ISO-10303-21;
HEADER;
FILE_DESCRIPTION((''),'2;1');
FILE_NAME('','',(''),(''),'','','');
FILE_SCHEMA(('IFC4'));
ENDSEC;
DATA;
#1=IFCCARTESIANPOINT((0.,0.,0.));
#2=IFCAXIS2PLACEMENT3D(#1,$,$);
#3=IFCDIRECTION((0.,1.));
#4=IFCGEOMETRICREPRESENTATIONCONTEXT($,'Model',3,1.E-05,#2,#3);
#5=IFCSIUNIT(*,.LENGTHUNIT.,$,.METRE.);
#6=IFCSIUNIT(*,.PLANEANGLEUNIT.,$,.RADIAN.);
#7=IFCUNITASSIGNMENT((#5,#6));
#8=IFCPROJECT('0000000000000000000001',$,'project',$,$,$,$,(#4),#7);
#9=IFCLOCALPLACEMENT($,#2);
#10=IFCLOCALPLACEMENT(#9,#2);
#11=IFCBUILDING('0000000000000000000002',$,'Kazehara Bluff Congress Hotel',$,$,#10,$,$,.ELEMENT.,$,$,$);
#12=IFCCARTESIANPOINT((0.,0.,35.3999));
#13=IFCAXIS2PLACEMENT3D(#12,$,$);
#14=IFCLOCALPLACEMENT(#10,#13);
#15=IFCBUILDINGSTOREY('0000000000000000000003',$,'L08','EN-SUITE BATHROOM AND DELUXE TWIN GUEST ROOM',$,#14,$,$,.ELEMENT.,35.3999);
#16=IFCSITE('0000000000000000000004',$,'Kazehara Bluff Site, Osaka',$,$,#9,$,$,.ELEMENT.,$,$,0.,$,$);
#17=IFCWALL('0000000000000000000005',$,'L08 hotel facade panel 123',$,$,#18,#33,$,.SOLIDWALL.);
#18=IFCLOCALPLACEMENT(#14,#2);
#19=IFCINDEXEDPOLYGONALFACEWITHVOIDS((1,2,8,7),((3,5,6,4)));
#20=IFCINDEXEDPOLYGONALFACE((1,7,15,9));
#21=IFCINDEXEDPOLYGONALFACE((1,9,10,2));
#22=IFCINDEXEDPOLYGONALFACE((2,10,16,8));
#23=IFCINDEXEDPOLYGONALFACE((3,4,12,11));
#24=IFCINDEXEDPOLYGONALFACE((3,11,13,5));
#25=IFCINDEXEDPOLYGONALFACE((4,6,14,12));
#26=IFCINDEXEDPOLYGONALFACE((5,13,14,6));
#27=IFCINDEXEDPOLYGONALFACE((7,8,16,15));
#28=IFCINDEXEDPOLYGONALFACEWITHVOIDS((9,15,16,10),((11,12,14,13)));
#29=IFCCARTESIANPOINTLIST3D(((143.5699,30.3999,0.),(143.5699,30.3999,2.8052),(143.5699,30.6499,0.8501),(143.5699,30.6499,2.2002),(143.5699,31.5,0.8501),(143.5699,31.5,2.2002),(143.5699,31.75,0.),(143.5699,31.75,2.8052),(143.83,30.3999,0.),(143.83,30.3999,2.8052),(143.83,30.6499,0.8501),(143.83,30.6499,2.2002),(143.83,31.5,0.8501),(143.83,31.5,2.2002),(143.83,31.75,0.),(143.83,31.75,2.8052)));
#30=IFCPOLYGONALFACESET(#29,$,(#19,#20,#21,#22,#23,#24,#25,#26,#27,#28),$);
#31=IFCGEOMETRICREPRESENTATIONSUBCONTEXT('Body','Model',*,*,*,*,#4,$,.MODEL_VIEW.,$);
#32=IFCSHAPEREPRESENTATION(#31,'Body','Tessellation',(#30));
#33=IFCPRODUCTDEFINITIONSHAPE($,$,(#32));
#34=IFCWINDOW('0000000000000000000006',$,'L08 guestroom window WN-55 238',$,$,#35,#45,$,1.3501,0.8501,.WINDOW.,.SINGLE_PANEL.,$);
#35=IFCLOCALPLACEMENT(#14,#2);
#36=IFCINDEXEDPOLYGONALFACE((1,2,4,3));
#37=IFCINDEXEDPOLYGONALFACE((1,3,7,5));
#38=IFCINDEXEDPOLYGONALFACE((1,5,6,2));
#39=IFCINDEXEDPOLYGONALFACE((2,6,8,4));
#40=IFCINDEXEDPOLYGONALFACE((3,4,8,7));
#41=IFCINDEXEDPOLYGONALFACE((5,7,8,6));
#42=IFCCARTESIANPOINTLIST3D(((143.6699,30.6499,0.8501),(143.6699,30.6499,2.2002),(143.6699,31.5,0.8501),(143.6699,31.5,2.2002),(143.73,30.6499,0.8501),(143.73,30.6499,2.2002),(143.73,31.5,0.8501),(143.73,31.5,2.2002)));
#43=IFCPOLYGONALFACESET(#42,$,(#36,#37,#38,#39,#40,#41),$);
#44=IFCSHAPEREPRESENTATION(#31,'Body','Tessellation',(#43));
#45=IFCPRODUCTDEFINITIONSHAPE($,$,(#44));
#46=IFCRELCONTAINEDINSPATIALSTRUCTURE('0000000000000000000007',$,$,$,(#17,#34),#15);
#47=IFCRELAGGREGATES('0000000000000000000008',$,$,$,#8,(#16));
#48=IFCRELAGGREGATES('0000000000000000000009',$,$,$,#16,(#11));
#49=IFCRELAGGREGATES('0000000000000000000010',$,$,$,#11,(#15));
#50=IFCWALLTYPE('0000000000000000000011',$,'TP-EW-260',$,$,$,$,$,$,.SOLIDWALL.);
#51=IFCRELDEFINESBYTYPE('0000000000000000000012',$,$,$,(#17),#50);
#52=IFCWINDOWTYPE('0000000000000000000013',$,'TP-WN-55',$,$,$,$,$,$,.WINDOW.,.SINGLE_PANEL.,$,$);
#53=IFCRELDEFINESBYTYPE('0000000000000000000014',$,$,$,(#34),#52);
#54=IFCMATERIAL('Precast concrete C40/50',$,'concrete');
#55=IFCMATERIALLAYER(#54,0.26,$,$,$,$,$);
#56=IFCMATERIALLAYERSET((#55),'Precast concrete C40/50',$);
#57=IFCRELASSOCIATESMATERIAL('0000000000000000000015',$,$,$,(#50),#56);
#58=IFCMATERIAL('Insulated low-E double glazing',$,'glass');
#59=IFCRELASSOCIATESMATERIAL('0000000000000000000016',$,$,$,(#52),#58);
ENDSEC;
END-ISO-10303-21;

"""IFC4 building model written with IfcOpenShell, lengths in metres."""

from ifc_helpers import new_model, si_unit, direction, frame, frame_2d, origin, place, context, subcontext, project, spatial, rectangle, extrude, material, layer, layer_set, type_object, element, fill, save


model = new_model("IFC4")

# Units and contexts
model_context = context("Model", 3, precision=1e-05, world=origin(), true_north=direction((0.0, 1.0)))
body_context = subcontext(model_context, "Body", "Model", "MODEL_VIEW")
ifc_project = project(units=[si_unit("LENGTHUNIT", "METRE"), si_unit("PLANEANGLEUNIT", "RADIAN")], contexts=[model_context])

# Site, building, storey
site_placement = place(None, origin())
site = spatial("IfcSite", under=ifc_project, at=site_placement, Name="Kazehara Bluff Site, Osaka", CompositionType="ELEMENT", RefElevation=0.0)
building_placement = place(site_placement, origin())
building = spatial("IfcBuilding", under=site, at=building_placement, Name="Kazehara Bluff Congress Hotel", CompositionType="ELEMENT")
storey_placement = place(building_placement, frame((0.0, 0.0, 35.3999)))
storey = spatial("IfcBuildingStorey", under=building, at=storey_placement, Name="L08", Description="EN-SUITE BATHROOM AND DELUXE TWIN GUEST ROOM", CompositionType="ELEMENT", Elevation=35.3999)

# Shared definitions
ifc_material_1 = material(Name="Precast concrete C40/50", Category="concrete")
ifc_layer_1 = layer(ifc_material_1, 0.26)
ifc_layer_set_1 = layer_set([ifc_layer_1], Name="Precast concrete C40/50")
wall_type = type_object("IfcWallType", Name="TP-EW-260", PredefinedType="SOLIDWALL", material=ifc_layer_set_1)
ifc_material_2 = material(Name="Insulated low-E double glazing", Category="glass")
window_type_1 = type_object("IfcWindowType", Name="TP-WN-55", PartitioningType="SINGLE_PANEL", PredefinedType="WINDOW", material=ifc_material_2)

# Wall, opening, window
wall_1_placement = place(storey_placement, frame((143.7, 30.3999, 0.0), z_axis=(0.0, 0.0, 1.0), x_axis=(0.0, 1.0, 0.0)))
wall_1 = element("IfcWall", 1, at=wall_1_placement, inside=storey, type_object=wall_type, Name="L08 hotel facade panel 123", PredefinedType="SOLIDWALL", context=body_context, shape_type="SweptSolid", body=[
    extrude(rectangle(XDim=1.3501, YDim=0.26, at=frame_2d((0.675, 0.0))), origin(), (0.0, 0.0, 1.0), 2.8052),
])
opening_1_placement = place(wall_1_placement, frame((0.25, 0.0, 0.8501)))
opening_1 = element("IfcOpeningElement", 2, at=opening_1_placement, cuts=wall_1, PredefinedType="OPENING", context=body_context, shape_type="SweptSolid", body=[
    extrude(rectangle(XDim=0.8501, YDim=1.3501, at=frame_2d((0.425, 0.675))), frame((0.0, 0.1399, 0.0), z_axis=(0.0, -1.0, 0.0), x_axis=(1.0, 0.0, 0.0)), (0.0, 0.0, 1.0), 0.28),
])
window_1_placement = place(opening_1_placement, origin())
window_1 = element("IfcWindow", 3, at=window_1_placement, inside=storey, type_object=window_type_1, Name="L08 guestroom window WN-55 238", OverallHeight=1.3501, OverallWidth=0.8501, PartitioningType="SINGLE_PANEL", PredefinedType="WINDOW", context=body_context, shape_type="SweptSolid", body=[
    extrude(rectangle(XDim=0.8501, YDim=1.3501, at=frame_2d((0.425, 0.675))), frame((0.0, 0.03, 0.0), z_axis=(0.0, -1.0, 0.0), x_axis=(1.0, 0.0, 0.0)), (0.0, 0.0, 1.0), 0.0601),
])
fill(opening_1, window_1)

save(model, "model.ifc")
